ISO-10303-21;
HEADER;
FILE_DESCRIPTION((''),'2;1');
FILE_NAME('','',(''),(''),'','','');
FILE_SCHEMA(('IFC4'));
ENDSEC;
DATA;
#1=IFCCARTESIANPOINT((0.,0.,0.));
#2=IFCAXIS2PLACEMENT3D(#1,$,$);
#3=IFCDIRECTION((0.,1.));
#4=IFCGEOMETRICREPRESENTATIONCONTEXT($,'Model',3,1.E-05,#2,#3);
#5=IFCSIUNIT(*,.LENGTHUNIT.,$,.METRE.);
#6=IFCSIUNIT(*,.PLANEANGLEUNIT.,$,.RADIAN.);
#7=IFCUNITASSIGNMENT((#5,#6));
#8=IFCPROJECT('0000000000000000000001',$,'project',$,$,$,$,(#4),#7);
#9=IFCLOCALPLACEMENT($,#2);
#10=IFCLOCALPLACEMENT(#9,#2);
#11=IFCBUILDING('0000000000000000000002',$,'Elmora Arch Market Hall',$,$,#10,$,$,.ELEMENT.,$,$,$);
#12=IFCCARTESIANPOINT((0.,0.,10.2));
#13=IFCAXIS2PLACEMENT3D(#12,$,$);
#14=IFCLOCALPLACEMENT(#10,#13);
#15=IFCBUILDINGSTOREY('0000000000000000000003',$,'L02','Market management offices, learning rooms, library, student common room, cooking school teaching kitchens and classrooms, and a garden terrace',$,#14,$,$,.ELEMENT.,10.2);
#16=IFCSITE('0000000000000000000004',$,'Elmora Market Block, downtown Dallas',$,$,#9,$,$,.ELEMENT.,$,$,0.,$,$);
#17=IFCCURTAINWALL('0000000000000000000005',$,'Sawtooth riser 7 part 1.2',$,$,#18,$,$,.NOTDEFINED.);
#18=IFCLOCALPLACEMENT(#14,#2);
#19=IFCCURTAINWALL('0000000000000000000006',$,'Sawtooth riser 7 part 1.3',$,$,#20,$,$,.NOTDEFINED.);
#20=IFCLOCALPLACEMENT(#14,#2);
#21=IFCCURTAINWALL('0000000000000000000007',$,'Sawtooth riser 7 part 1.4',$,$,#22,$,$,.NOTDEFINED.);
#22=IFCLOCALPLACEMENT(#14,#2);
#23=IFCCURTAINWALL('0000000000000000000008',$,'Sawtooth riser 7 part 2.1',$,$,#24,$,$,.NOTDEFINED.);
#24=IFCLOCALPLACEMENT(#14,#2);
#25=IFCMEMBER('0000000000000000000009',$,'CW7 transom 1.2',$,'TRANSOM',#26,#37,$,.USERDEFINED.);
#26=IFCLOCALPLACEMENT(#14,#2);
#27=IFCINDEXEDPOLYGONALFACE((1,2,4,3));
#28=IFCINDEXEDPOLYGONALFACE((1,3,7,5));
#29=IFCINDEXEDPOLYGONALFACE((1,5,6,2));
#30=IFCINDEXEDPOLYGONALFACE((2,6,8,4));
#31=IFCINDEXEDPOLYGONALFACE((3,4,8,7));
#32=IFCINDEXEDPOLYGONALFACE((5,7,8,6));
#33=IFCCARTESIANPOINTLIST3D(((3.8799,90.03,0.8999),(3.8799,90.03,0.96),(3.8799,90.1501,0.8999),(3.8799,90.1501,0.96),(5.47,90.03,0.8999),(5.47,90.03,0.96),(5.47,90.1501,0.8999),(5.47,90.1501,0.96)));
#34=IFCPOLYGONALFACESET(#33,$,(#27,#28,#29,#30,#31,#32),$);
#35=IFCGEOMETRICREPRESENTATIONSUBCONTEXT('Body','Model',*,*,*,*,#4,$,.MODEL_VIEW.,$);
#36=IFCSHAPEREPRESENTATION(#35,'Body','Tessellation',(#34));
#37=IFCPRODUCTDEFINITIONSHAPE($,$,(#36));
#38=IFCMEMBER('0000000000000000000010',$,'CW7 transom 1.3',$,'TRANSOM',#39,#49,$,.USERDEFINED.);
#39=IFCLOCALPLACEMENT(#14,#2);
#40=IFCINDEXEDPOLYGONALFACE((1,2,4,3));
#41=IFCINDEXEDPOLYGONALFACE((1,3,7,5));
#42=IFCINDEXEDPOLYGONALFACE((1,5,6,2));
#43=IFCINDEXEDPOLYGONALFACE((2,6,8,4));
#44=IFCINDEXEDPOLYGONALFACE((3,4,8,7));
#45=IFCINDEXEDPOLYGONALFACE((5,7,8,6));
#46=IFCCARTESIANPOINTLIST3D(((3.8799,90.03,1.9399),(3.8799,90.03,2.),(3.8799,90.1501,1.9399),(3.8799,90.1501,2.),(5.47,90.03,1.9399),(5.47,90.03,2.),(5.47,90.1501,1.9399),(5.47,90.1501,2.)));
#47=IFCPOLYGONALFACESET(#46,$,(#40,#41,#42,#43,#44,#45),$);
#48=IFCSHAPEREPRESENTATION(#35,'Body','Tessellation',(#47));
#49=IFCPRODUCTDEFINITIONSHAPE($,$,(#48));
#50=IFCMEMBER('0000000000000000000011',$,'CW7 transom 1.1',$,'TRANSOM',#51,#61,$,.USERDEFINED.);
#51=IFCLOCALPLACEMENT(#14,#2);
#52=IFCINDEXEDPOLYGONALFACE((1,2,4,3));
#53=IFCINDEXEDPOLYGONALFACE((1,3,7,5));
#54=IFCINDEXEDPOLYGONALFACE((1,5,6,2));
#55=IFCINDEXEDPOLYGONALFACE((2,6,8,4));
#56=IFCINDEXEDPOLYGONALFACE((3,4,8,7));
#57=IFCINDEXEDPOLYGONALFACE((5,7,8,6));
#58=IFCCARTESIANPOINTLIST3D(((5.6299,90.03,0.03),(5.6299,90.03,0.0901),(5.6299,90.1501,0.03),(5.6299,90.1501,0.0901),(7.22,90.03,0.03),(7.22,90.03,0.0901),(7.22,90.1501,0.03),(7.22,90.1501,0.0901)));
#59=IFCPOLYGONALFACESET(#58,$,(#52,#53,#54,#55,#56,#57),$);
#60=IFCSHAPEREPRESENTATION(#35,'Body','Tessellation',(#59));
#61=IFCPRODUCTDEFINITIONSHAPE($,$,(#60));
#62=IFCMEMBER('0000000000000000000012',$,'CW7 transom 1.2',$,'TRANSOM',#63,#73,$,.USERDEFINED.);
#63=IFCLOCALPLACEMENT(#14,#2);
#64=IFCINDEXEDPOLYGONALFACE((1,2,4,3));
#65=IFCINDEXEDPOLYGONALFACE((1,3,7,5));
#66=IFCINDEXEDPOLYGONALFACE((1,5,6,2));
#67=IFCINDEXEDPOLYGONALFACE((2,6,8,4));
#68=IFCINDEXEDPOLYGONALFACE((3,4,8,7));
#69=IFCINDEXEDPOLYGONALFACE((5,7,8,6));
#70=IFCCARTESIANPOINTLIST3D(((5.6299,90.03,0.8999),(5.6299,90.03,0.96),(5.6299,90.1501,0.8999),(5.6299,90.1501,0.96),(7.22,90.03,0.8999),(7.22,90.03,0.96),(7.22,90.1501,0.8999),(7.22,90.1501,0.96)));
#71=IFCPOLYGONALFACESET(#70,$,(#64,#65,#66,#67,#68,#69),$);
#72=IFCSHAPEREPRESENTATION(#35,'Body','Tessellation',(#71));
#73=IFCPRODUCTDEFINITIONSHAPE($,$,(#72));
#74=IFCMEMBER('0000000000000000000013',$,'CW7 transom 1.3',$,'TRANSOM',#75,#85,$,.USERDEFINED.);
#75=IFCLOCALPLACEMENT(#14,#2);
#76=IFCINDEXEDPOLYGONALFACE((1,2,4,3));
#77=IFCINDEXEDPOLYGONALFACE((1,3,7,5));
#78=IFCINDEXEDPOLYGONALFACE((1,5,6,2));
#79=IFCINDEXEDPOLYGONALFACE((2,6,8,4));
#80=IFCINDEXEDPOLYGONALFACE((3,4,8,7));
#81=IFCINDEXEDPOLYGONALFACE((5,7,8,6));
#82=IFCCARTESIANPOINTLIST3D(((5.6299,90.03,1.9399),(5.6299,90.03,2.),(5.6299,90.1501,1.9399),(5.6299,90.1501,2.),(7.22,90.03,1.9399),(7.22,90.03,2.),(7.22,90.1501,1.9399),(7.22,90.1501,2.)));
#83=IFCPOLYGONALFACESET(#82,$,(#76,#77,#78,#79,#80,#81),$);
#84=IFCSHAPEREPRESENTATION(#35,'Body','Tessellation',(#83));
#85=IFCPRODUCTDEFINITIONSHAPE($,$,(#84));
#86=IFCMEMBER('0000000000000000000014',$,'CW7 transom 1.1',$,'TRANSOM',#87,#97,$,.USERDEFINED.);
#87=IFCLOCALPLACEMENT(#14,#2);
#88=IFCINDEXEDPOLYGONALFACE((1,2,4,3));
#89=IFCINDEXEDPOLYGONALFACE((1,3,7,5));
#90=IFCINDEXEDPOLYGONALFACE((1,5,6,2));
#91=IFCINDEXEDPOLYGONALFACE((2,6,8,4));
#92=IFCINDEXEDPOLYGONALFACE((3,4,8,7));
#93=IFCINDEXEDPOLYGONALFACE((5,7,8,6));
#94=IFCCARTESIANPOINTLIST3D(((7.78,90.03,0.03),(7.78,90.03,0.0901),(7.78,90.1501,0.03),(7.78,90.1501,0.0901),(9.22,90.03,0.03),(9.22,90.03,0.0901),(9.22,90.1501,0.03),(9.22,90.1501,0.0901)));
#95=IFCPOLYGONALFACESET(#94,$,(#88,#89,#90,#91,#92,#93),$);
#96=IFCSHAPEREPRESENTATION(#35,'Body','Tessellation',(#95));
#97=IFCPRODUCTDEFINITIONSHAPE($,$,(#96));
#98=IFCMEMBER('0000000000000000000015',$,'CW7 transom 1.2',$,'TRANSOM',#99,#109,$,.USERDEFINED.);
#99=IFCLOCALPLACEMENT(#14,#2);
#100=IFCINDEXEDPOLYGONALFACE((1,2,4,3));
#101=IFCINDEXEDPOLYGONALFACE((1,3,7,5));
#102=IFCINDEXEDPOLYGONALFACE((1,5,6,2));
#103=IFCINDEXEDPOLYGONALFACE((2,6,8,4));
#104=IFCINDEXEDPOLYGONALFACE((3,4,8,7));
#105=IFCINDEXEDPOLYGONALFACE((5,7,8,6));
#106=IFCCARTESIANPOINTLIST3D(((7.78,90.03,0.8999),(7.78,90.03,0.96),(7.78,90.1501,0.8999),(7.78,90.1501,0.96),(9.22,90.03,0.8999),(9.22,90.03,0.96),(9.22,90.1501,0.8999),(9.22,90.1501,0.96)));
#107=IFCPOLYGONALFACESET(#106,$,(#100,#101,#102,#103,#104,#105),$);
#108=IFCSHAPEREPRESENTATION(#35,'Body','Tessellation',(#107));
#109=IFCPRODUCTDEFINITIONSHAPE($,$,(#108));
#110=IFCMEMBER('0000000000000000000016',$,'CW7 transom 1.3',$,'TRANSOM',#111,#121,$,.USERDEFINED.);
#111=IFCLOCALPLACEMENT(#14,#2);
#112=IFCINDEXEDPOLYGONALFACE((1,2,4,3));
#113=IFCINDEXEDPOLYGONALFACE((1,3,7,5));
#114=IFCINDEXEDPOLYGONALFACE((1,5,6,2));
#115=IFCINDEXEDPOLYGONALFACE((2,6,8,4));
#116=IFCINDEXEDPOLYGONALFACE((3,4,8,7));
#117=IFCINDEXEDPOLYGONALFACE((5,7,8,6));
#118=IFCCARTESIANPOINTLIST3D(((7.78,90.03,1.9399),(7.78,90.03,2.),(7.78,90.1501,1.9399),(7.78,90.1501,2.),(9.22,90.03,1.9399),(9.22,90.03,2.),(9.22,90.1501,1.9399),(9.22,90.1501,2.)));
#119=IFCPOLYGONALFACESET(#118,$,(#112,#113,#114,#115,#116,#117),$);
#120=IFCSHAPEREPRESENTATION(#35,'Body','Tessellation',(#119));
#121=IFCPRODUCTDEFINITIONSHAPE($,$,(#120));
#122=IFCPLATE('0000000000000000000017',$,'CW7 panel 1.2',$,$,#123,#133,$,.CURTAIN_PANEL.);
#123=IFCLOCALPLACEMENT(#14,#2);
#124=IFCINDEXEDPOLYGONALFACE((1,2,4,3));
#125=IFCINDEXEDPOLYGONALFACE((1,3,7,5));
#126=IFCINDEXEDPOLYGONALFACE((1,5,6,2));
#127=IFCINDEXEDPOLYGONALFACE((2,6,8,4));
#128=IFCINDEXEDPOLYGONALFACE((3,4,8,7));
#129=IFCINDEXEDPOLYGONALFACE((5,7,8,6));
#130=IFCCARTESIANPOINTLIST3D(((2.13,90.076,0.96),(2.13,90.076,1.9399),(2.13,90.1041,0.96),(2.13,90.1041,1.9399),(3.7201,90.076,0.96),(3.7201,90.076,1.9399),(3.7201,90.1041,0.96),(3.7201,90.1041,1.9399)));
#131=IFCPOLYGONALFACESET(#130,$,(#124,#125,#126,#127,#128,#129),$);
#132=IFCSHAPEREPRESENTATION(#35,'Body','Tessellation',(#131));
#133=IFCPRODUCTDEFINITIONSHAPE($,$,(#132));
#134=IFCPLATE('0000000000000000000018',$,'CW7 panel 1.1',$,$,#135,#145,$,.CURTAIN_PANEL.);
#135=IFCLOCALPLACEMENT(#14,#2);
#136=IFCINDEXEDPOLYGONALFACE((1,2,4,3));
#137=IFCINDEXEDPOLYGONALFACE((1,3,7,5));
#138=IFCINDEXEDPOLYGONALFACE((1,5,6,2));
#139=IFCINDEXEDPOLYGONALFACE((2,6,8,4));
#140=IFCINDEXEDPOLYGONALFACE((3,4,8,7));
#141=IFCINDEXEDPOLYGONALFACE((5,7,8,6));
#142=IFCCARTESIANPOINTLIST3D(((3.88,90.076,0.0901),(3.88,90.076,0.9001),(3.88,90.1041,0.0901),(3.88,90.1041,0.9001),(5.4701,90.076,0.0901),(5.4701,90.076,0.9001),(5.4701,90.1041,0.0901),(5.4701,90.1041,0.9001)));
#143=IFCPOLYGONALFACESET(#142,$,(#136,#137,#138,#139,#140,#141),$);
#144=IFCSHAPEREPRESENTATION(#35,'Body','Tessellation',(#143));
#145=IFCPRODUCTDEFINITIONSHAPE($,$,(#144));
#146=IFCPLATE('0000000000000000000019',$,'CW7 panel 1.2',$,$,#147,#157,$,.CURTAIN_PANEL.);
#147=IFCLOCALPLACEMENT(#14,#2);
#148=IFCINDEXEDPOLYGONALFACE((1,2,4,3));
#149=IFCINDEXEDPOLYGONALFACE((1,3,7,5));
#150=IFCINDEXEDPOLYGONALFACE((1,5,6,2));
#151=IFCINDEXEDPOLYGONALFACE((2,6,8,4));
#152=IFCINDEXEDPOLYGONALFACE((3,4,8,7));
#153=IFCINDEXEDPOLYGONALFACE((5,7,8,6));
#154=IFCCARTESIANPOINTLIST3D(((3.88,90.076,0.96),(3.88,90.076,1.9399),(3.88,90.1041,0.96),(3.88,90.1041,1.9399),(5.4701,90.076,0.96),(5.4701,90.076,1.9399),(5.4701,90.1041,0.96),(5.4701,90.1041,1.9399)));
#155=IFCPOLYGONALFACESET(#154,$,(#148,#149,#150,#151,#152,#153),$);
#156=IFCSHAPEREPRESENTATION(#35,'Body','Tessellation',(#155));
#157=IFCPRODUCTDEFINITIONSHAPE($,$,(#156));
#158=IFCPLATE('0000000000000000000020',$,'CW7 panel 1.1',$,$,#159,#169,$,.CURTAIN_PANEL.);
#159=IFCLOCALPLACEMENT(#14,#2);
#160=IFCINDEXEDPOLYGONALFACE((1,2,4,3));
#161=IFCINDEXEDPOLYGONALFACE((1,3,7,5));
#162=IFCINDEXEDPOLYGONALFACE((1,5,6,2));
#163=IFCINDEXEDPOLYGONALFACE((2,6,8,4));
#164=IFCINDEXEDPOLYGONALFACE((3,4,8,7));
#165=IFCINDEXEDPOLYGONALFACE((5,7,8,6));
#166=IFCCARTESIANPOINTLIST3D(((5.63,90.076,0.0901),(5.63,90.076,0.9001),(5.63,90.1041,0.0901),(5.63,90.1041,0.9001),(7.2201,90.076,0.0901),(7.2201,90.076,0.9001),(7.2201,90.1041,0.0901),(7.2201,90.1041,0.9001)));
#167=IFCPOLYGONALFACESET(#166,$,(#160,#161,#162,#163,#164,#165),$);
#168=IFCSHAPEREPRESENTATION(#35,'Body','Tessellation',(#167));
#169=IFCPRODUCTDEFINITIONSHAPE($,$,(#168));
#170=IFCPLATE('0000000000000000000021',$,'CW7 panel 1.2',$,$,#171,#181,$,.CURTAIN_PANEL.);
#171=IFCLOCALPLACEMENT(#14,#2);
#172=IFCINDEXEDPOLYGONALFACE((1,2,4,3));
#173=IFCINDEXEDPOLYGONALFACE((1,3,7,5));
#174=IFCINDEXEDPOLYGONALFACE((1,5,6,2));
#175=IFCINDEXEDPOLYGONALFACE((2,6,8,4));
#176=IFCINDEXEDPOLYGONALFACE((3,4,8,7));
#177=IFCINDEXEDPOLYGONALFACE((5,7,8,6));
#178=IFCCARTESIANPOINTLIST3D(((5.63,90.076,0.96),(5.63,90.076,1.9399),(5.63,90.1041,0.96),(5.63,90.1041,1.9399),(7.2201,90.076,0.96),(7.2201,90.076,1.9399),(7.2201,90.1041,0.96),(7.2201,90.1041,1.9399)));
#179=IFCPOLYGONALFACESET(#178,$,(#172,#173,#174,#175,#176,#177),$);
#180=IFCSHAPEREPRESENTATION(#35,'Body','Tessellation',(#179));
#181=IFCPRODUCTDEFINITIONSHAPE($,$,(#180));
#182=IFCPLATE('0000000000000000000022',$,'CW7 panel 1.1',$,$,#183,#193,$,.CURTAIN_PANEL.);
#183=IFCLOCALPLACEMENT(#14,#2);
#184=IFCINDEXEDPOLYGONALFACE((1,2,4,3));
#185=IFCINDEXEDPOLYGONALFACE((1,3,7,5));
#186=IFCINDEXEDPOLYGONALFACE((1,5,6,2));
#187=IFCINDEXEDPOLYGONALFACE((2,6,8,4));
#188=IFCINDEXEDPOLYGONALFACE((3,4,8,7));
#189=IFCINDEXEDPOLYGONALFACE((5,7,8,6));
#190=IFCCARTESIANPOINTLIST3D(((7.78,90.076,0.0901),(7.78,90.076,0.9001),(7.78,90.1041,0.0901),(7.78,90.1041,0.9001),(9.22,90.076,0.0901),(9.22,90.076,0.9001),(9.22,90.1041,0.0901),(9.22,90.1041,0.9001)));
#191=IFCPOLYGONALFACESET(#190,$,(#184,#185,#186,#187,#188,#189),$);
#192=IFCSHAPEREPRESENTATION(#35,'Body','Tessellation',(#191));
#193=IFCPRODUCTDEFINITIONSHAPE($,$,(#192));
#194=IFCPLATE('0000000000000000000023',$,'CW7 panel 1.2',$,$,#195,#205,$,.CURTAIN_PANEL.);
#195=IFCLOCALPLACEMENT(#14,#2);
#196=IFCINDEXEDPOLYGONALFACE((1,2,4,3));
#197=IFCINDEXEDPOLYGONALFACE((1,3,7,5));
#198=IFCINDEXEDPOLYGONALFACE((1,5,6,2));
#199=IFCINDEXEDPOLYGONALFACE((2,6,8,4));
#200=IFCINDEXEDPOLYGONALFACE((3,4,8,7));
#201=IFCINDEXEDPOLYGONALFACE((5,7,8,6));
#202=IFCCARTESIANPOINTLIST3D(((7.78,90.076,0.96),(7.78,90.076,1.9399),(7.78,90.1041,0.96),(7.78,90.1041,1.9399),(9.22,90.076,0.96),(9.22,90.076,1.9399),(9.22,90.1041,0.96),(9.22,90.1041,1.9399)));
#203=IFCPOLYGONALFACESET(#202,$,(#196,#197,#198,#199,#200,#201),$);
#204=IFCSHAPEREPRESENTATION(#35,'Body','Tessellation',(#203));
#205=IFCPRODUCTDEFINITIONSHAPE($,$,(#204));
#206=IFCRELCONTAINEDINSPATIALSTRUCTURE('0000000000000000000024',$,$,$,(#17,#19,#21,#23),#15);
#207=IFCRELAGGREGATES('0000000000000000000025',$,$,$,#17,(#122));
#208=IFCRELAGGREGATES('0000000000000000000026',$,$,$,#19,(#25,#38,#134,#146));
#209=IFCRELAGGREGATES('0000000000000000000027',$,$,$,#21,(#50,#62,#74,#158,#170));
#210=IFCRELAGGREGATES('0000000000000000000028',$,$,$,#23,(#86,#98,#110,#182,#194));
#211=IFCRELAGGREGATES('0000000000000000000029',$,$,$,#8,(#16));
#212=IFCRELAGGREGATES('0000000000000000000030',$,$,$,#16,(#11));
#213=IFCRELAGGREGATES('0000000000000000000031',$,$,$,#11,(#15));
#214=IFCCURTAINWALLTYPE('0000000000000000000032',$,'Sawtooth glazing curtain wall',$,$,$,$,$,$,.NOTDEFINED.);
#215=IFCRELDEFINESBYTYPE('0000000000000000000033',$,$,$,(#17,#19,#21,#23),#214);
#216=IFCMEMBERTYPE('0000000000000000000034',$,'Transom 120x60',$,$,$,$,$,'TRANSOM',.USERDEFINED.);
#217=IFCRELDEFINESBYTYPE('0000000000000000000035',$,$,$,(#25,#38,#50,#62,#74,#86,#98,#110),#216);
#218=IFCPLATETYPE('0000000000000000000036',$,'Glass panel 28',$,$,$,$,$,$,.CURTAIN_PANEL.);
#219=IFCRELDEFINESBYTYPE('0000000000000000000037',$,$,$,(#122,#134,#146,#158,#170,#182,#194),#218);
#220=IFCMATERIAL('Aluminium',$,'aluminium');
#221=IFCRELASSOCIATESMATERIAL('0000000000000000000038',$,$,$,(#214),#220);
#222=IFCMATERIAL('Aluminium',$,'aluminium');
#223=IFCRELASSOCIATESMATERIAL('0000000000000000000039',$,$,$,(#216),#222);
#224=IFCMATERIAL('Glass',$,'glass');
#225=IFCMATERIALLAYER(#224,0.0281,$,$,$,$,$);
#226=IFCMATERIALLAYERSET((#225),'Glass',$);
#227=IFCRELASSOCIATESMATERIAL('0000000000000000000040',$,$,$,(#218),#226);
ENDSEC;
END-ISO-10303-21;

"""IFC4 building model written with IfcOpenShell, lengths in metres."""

from ifc_helpers import new_model, si_unit, direction, frame, origin, origin_2d, place, context, subcontext, project, spatial, rectangle, extrude, material, layer, layer_set, material_profile, profile_set, type_object, element, aggregate, save


model = new_model("IFC4")

# Units and contexts
model_context = context("Model", 3, precision=1e-05, world=origin(), true_north=direction((0.0, 1.0)))
body_context = subcontext(model_context, "Body", "Model", "MODEL_VIEW")
ifc_project = project(units=[si_unit("LENGTHUNIT", "METRE"), si_unit("PLANEANGLEUNIT", "RADIAN")], contexts=[model_context])

# Site, building, storey
site_placement = place(None, origin())
site = spatial("IfcSite", under=ifc_project, at=site_placement, Name="Elmora Market Block, downtown Dallas", CompositionType="ELEMENT", RefElevation=0.0)
building_placement = place(site_placement, origin())
building = spatial("IfcBuilding", under=site, at=building_placement, Name="Elmora Arch Market Hall", CompositionType="ELEMENT")
storey_placement = place(building_placement, frame((0.0, 0.0, 10.2)))
storey = spatial("IfcBuildingStorey", under=building, at=storey_placement, Name="L02", Description="Market management offices, learning rooms, library, student common room, cooking school teaching kitchens and classrooms, and a garden terrace", CompositionType="ELEMENT", Elevation=10.2)

# Curtain wall
ifc_material_1 = material(Name="Aluminium", Category="aluminium")
curtain_wall_type = type_object("IfcCurtainWallType", Name="Sawtooth glazing curtain wall", PredefinedType="NOTDEFINED", material=ifc_material_1)
curtain_wall_1_placement = place(storey_placement, origin())
curtain_wall_1 = element("IfcCurtainWall", 1, at=curtain_wall_1_placement, inside=storey, type_object=curtain_wall_type, Name="Sawtooth riser 7 part 1.2", PredefinedType="NOTDEFINED")

# Curtain walls
curtain_wall_2_placement = place(storey_placement, origin())
curtain_wall_2 = element("IfcCurtainWall", 2, at=curtain_wall_2_placement, inside=storey, type_object=curtain_wall_type, Name="Sawtooth riser 7 part 1.3", PredefinedType="NOTDEFINED")
curtain_wall_3_placement = place(storey_placement, origin())
curtain_wall_3 = element("IfcCurtainWall", 3, at=curtain_wall_3_placement, inside=storey, type_object=curtain_wall_type, Name="Sawtooth riser 7 part 1.4", PredefinedType="NOTDEFINED")
curtain_wall_4_placement = place(storey_placement, origin())
curtain_wall_4 = element("IfcCurtainWall", 4, at=curtain_wall_4_placement, inside=storey, type_object=curtain_wall_type, Name="Sawtooth riser 7 part 2.1", PredefinedType="NOTDEFINED")

# Members
ifc_material_2 = material(Name="Aluminium", Category="aluminium")
ifc_material_profile_1 = material_profile(ifc_material_2, rectangle(XDim=0.1201, YDim=0.0601, at=origin_2d()), Name="AL 120x60")
ifc_profile_set_1 = profile_set([ifc_material_profile_1], Name="Aluminium")
member_type_1 = type_object("IfcMemberType", Name="Transom 120x60", ElementType="TRANSOM", PredefinedType="USERDEFINED", material=ifc_profile_set_1)
member_1_placement = place(storey_placement, frame((3.8799, 90.0901, 0.9299), z_axis=(1.0, 0.0, 0.0), x_axis=(0.0, 1.0, 0.0)))
member_1 = element("IfcMember", 5, at=member_1_placement, type_object=member_type_1, Name="CW7 transom 1.2", ObjectType="TRANSOM", PredefinedType="USERDEFINED", context=body_context, shape_type="SweptSolid", body=[
    extrude(rectangle(XDim=0.1201, YDim=0.0601, at=origin_2d()), origin(), (0.0, 0.0, 1.0), 1.5901),
])
member_2_placement = place(storey_placement, frame((3.8799, 90.0901, 1.97), z_axis=(1.0, 0.0, 0.0), x_axis=(0.0, 1.0, 0.0)))
member_2 = element("IfcMember", 6, at=member_2_placement, type_object=member_type_1, Name="CW7 transom 1.3", ObjectType="TRANSOM", PredefinedType="USERDEFINED", context=body_context, shape_type="SweptSolid", body=[
    extrude(rectangle(XDim=0.1201, YDim=0.0601, at=origin_2d()), origin(), (0.0, 0.0, 1.0), 1.5901),
])
member_3_placement = place(storey_placement, frame((5.6299, 90.0901, 0.0601), z_axis=(1.0, 0.0, 0.0), x_axis=(0.0, 1.0, 0.0)))
member_3 = element("IfcMember", 7, at=member_3_placement, type_object=member_type_1, Name="CW7 transom 1.1", ObjectType="TRANSOM", PredefinedType="USERDEFINED", context=body_context, shape_type="SweptSolid", body=[
    extrude(rectangle(XDim=0.1201, YDim=0.0601, at=origin_2d()), origin(), (0.0, 0.0, 1.0), 1.5901),
])
member_4_placement = place(storey_placement, frame((5.6299, 90.0901, 0.9299), z_axis=(1.0, 0.0, 0.0), x_axis=(0.0, 1.0, 0.0)))
member_4 = element("IfcMember", 8, at=member_4_placement, type_object=member_type_1, Name="CW7 transom 1.2", ObjectType="TRANSOM", PredefinedType="USERDEFINED", context=body_context, shape_type="SweptSolid", body=[
    extrude(rectangle(XDim=0.1201, YDim=0.0601, at=origin_2d()), origin(), (0.0, 0.0, 1.0), 1.5901),
])
member_5_placement = place(storey_placement, frame((5.6299, 90.0901, 1.97), z_axis=(1.0, 0.0, 0.0), x_axis=(0.0, 1.0, 0.0)))
member_5 = element("IfcMember", 9, at=member_5_placement, type_object=member_type_1, Name="CW7 transom 1.3", ObjectType="TRANSOM", PredefinedType="USERDEFINED", context=body_context, shape_type="SweptSolid", body=[
    extrude(rectangle(XDim=0.1201, YDim=0.0601, at=origin_2d()), origin(), (0.0, 0.0, 1.0), 1.5901),
])
member_6_placement = place(storey_placement, frame((7.78, 90.0901, 0.0601), z_axis=(1.0, 0.0, 0.0), x_axis=(0.0, 1.0, 0.0)))
member_6 = element("IfcMember", 10, at=member_6_placement, type_object=member_type_1, Name="CW7 transom 1.1", ObjectType="TRANSOM", PredefinedType="USERDEFINED", context=body_context, shape_type="SweptSolid", body=[
    extrude(rectangle(XDim=0.1201, YDim=0.0601, at=origin_2d()), origin(), (0.0, 0.0, 1.0), 1.4399),
])
member_7_placement = place(storey_placement, frame((7.78, 90.0901, 0.9299), z_axis=(1.0, 0.0, 0.0), x_axis=(0.0, 1.0, 0.0)))
member_7 = element("IfcMember", 11, at=member_7_placement, type_object=member_type_1, Name="CW7 transom 1.2", ObjectType="TRANSOM", PredefinedType="USERDEFINED", context=body_context, shape_type="SweptSolid", body=[
    extrude(rectangle(XDim=0.1201, YDim=0.0601, at=origin_2d()), origin(), (0.0, 0.0, 1.0), 1.4399),
])
member_8_placement = place(storey_placement, frame((7.78, 90.0901, 1.97), z_axis=(1.0, 0.0, 0.0), x_axis=(0.0, 1.0, 0.0)))
member_8 = element("IfcMember", 12, at=member_8_placement, type_object=member_type_1, Name="CW7 transom 1.3", ObjectType="TRANSOM", PredefinedType="USERDEFINED", context=body_context, shape_type="SweptSolid", body=[
    extrude(rectangle(XDim=0.1201, YDim=0.0601, at=origin_2d()), origin(), (0.0, 0.0, 1.0), 1.4399),
])

# Plates
ifc_material_3 = material(Name="Glass", Category="glass")
ifc_layer_1 = layer(ifc_material_3, 0.0281)
ifc_layer_set_1 = layer_set([ifc_layer_1], Name="Glass")
plate_type = type_object("IfcPlateType", Name="Glass panel 28", PredefinedType="CURTAIN_PANEL", material=ifc_layer_set_1)
plate_1_placement = place(storey_placement, frame((2.925, 90.0901, 0.96), z_axis=(0.0, 0.0, 1.0), x_axis=(1.0, 0.0, 0.0)))
plate_1 = element("IfcPlate", 13, at=plate_1_placement, type_object=plate_type, Name="CW7 panel 1.2", PredefinedType="CURTAIN_PANEL", context=body_context, shape_type="SweptSolid", body=[
    extrude(rectangle(XDim=1.5901, YDim=0.0281, at=origin_2d()), origin(), (0.0, 0.0, 1.0), 0.98),
])
aggregate(curtain_wall_1, [plate_1])
plate_2_placement = place(storey_placement, frame((4.675, 90.0901, 0.0901), z_axis=(0.0, 0.0, 1.0), x_axis=(1.0, 0.0, 0.0)))
plate_2 = element("IfcPlate", 14, at=plate_2_placement, type_object=plate_type, Name="CW7 panel 1.1", PredefinedType="CURTAIN_PANEL", context=body_context, shape_type="SweptSolid", body=[
    extrude(rectangle(XDim=1.5901, YDim=0.0281, at=origin_2d()), origin(), (0.0, 0.0, 1.0), 0.8101),
])
plate_3_placement = place(storey_placement, frame((4.675, 90.0901, 0.96), z_axis=(0.0, 0.0, 1.0), x_axis=(1.0, 0.0, 0.0)))
plate_3 = element("IfcPlate", 15, at=plate_3_placement, type_object=plate_type, Name="CW7 panel 1.2", PredefinedType="CURTAIN_PANEL", context=body_context, shape_type="SweptSolid", body=[
    extrude(rectangle(XDim=1.5901, YDim=0.0281, at=origin_2d()), origin(), (0.0, 0.0, 1.0), 0.98),
])
aggregate(curtain_wall_2, [member_1, member_2, plate_2, plate_3])
plate_4_placement = place(storey_placement, frame((6.425, 90.0901, 0.0901), z_axis=(0.0, 0.0, 1.0), x_axis=(1.0, 0.0, 0.0)))
plate_4 = element("IfcPlate", 16, at=plate_4_placement, type_object=plate_type, Name="CW7 panel 1.1", PredefinedType="CURTAIN_PANEL", context=body_context, shape_type="SweptSolid", body=[
    extrude(rectangle(XDim=1.5901, YDim=0.0281, at=origin_2d()), origin(), (0.0, 0.0, 1.0), 0.8101),
])
plate_5_placement = place(storey_placement, frame((6.425, 90.0901, 0.96), z_axis=(0.0, 0.0, 1.0), x_axis=(1.0, 0.0, 0.0)))
plate_5 = element("IfcPlate", 17, at=plate_5_placement, type_object=plate_type, Name="CW7 panel 1.2", PredefinedType="CURTAIN_PANEL", context=body_context, shape_type="SweptSolid", body=[
    extrude(rectangle(XDim=1.5901, YDim=0.0281, at=origin_2d()), origin(), (0.0, 0.0, 1.0), 0.98),
])
aggregate(curtain_wall_3, [member_3, member_4, member_5, plate_4, plate_5])
plate_6_placement = place(storey_placement, frame((8.5, 90.0901, 0.0901), z_axis=(0.0, 0.0, 1.0), x_axis=(1.0, 0.0, 0.0)))
plate_6 = element("IfcPlate", 18, at=plate_6_placement, type_object=plate_type, Name="CW7 panel 1.1", PredefinedType="CURTAIN_PANEL", context=body_context, shape_type="SweptSolid", body=[
    extrude(rectangle(XDim=1.4399, YDim=0.0281, at=origin_2d()), origin(), (0.0, 0.0, 1.0), 0.8101),
])
plate_7_placement = place(storey_placement, frame((8.5, 90.0901, 0.96), z_axis=(0.0, 0.0, 1.0), x_axis=(1.0, 0.0, 0.0)))
plate_7 = element("IfcPlate", 19, at=plate_7_placement, type_object=plate_type, Name="CW7 panel 1.2", PredefinedType="CURTAIN_PANEL", context=body_context, shape_type="SweptSolid", body=[
    extrude(rectangle(XDim=1.4399, YDim=0.0281, at=origin_2d()), origin(), (0.0, 0.0, 1.0), 0.98),
])
aggregate(curtain_wall_4, [member_6, member_7, member_8, plate_6, plate_7])

save(model, "model.ifc")
